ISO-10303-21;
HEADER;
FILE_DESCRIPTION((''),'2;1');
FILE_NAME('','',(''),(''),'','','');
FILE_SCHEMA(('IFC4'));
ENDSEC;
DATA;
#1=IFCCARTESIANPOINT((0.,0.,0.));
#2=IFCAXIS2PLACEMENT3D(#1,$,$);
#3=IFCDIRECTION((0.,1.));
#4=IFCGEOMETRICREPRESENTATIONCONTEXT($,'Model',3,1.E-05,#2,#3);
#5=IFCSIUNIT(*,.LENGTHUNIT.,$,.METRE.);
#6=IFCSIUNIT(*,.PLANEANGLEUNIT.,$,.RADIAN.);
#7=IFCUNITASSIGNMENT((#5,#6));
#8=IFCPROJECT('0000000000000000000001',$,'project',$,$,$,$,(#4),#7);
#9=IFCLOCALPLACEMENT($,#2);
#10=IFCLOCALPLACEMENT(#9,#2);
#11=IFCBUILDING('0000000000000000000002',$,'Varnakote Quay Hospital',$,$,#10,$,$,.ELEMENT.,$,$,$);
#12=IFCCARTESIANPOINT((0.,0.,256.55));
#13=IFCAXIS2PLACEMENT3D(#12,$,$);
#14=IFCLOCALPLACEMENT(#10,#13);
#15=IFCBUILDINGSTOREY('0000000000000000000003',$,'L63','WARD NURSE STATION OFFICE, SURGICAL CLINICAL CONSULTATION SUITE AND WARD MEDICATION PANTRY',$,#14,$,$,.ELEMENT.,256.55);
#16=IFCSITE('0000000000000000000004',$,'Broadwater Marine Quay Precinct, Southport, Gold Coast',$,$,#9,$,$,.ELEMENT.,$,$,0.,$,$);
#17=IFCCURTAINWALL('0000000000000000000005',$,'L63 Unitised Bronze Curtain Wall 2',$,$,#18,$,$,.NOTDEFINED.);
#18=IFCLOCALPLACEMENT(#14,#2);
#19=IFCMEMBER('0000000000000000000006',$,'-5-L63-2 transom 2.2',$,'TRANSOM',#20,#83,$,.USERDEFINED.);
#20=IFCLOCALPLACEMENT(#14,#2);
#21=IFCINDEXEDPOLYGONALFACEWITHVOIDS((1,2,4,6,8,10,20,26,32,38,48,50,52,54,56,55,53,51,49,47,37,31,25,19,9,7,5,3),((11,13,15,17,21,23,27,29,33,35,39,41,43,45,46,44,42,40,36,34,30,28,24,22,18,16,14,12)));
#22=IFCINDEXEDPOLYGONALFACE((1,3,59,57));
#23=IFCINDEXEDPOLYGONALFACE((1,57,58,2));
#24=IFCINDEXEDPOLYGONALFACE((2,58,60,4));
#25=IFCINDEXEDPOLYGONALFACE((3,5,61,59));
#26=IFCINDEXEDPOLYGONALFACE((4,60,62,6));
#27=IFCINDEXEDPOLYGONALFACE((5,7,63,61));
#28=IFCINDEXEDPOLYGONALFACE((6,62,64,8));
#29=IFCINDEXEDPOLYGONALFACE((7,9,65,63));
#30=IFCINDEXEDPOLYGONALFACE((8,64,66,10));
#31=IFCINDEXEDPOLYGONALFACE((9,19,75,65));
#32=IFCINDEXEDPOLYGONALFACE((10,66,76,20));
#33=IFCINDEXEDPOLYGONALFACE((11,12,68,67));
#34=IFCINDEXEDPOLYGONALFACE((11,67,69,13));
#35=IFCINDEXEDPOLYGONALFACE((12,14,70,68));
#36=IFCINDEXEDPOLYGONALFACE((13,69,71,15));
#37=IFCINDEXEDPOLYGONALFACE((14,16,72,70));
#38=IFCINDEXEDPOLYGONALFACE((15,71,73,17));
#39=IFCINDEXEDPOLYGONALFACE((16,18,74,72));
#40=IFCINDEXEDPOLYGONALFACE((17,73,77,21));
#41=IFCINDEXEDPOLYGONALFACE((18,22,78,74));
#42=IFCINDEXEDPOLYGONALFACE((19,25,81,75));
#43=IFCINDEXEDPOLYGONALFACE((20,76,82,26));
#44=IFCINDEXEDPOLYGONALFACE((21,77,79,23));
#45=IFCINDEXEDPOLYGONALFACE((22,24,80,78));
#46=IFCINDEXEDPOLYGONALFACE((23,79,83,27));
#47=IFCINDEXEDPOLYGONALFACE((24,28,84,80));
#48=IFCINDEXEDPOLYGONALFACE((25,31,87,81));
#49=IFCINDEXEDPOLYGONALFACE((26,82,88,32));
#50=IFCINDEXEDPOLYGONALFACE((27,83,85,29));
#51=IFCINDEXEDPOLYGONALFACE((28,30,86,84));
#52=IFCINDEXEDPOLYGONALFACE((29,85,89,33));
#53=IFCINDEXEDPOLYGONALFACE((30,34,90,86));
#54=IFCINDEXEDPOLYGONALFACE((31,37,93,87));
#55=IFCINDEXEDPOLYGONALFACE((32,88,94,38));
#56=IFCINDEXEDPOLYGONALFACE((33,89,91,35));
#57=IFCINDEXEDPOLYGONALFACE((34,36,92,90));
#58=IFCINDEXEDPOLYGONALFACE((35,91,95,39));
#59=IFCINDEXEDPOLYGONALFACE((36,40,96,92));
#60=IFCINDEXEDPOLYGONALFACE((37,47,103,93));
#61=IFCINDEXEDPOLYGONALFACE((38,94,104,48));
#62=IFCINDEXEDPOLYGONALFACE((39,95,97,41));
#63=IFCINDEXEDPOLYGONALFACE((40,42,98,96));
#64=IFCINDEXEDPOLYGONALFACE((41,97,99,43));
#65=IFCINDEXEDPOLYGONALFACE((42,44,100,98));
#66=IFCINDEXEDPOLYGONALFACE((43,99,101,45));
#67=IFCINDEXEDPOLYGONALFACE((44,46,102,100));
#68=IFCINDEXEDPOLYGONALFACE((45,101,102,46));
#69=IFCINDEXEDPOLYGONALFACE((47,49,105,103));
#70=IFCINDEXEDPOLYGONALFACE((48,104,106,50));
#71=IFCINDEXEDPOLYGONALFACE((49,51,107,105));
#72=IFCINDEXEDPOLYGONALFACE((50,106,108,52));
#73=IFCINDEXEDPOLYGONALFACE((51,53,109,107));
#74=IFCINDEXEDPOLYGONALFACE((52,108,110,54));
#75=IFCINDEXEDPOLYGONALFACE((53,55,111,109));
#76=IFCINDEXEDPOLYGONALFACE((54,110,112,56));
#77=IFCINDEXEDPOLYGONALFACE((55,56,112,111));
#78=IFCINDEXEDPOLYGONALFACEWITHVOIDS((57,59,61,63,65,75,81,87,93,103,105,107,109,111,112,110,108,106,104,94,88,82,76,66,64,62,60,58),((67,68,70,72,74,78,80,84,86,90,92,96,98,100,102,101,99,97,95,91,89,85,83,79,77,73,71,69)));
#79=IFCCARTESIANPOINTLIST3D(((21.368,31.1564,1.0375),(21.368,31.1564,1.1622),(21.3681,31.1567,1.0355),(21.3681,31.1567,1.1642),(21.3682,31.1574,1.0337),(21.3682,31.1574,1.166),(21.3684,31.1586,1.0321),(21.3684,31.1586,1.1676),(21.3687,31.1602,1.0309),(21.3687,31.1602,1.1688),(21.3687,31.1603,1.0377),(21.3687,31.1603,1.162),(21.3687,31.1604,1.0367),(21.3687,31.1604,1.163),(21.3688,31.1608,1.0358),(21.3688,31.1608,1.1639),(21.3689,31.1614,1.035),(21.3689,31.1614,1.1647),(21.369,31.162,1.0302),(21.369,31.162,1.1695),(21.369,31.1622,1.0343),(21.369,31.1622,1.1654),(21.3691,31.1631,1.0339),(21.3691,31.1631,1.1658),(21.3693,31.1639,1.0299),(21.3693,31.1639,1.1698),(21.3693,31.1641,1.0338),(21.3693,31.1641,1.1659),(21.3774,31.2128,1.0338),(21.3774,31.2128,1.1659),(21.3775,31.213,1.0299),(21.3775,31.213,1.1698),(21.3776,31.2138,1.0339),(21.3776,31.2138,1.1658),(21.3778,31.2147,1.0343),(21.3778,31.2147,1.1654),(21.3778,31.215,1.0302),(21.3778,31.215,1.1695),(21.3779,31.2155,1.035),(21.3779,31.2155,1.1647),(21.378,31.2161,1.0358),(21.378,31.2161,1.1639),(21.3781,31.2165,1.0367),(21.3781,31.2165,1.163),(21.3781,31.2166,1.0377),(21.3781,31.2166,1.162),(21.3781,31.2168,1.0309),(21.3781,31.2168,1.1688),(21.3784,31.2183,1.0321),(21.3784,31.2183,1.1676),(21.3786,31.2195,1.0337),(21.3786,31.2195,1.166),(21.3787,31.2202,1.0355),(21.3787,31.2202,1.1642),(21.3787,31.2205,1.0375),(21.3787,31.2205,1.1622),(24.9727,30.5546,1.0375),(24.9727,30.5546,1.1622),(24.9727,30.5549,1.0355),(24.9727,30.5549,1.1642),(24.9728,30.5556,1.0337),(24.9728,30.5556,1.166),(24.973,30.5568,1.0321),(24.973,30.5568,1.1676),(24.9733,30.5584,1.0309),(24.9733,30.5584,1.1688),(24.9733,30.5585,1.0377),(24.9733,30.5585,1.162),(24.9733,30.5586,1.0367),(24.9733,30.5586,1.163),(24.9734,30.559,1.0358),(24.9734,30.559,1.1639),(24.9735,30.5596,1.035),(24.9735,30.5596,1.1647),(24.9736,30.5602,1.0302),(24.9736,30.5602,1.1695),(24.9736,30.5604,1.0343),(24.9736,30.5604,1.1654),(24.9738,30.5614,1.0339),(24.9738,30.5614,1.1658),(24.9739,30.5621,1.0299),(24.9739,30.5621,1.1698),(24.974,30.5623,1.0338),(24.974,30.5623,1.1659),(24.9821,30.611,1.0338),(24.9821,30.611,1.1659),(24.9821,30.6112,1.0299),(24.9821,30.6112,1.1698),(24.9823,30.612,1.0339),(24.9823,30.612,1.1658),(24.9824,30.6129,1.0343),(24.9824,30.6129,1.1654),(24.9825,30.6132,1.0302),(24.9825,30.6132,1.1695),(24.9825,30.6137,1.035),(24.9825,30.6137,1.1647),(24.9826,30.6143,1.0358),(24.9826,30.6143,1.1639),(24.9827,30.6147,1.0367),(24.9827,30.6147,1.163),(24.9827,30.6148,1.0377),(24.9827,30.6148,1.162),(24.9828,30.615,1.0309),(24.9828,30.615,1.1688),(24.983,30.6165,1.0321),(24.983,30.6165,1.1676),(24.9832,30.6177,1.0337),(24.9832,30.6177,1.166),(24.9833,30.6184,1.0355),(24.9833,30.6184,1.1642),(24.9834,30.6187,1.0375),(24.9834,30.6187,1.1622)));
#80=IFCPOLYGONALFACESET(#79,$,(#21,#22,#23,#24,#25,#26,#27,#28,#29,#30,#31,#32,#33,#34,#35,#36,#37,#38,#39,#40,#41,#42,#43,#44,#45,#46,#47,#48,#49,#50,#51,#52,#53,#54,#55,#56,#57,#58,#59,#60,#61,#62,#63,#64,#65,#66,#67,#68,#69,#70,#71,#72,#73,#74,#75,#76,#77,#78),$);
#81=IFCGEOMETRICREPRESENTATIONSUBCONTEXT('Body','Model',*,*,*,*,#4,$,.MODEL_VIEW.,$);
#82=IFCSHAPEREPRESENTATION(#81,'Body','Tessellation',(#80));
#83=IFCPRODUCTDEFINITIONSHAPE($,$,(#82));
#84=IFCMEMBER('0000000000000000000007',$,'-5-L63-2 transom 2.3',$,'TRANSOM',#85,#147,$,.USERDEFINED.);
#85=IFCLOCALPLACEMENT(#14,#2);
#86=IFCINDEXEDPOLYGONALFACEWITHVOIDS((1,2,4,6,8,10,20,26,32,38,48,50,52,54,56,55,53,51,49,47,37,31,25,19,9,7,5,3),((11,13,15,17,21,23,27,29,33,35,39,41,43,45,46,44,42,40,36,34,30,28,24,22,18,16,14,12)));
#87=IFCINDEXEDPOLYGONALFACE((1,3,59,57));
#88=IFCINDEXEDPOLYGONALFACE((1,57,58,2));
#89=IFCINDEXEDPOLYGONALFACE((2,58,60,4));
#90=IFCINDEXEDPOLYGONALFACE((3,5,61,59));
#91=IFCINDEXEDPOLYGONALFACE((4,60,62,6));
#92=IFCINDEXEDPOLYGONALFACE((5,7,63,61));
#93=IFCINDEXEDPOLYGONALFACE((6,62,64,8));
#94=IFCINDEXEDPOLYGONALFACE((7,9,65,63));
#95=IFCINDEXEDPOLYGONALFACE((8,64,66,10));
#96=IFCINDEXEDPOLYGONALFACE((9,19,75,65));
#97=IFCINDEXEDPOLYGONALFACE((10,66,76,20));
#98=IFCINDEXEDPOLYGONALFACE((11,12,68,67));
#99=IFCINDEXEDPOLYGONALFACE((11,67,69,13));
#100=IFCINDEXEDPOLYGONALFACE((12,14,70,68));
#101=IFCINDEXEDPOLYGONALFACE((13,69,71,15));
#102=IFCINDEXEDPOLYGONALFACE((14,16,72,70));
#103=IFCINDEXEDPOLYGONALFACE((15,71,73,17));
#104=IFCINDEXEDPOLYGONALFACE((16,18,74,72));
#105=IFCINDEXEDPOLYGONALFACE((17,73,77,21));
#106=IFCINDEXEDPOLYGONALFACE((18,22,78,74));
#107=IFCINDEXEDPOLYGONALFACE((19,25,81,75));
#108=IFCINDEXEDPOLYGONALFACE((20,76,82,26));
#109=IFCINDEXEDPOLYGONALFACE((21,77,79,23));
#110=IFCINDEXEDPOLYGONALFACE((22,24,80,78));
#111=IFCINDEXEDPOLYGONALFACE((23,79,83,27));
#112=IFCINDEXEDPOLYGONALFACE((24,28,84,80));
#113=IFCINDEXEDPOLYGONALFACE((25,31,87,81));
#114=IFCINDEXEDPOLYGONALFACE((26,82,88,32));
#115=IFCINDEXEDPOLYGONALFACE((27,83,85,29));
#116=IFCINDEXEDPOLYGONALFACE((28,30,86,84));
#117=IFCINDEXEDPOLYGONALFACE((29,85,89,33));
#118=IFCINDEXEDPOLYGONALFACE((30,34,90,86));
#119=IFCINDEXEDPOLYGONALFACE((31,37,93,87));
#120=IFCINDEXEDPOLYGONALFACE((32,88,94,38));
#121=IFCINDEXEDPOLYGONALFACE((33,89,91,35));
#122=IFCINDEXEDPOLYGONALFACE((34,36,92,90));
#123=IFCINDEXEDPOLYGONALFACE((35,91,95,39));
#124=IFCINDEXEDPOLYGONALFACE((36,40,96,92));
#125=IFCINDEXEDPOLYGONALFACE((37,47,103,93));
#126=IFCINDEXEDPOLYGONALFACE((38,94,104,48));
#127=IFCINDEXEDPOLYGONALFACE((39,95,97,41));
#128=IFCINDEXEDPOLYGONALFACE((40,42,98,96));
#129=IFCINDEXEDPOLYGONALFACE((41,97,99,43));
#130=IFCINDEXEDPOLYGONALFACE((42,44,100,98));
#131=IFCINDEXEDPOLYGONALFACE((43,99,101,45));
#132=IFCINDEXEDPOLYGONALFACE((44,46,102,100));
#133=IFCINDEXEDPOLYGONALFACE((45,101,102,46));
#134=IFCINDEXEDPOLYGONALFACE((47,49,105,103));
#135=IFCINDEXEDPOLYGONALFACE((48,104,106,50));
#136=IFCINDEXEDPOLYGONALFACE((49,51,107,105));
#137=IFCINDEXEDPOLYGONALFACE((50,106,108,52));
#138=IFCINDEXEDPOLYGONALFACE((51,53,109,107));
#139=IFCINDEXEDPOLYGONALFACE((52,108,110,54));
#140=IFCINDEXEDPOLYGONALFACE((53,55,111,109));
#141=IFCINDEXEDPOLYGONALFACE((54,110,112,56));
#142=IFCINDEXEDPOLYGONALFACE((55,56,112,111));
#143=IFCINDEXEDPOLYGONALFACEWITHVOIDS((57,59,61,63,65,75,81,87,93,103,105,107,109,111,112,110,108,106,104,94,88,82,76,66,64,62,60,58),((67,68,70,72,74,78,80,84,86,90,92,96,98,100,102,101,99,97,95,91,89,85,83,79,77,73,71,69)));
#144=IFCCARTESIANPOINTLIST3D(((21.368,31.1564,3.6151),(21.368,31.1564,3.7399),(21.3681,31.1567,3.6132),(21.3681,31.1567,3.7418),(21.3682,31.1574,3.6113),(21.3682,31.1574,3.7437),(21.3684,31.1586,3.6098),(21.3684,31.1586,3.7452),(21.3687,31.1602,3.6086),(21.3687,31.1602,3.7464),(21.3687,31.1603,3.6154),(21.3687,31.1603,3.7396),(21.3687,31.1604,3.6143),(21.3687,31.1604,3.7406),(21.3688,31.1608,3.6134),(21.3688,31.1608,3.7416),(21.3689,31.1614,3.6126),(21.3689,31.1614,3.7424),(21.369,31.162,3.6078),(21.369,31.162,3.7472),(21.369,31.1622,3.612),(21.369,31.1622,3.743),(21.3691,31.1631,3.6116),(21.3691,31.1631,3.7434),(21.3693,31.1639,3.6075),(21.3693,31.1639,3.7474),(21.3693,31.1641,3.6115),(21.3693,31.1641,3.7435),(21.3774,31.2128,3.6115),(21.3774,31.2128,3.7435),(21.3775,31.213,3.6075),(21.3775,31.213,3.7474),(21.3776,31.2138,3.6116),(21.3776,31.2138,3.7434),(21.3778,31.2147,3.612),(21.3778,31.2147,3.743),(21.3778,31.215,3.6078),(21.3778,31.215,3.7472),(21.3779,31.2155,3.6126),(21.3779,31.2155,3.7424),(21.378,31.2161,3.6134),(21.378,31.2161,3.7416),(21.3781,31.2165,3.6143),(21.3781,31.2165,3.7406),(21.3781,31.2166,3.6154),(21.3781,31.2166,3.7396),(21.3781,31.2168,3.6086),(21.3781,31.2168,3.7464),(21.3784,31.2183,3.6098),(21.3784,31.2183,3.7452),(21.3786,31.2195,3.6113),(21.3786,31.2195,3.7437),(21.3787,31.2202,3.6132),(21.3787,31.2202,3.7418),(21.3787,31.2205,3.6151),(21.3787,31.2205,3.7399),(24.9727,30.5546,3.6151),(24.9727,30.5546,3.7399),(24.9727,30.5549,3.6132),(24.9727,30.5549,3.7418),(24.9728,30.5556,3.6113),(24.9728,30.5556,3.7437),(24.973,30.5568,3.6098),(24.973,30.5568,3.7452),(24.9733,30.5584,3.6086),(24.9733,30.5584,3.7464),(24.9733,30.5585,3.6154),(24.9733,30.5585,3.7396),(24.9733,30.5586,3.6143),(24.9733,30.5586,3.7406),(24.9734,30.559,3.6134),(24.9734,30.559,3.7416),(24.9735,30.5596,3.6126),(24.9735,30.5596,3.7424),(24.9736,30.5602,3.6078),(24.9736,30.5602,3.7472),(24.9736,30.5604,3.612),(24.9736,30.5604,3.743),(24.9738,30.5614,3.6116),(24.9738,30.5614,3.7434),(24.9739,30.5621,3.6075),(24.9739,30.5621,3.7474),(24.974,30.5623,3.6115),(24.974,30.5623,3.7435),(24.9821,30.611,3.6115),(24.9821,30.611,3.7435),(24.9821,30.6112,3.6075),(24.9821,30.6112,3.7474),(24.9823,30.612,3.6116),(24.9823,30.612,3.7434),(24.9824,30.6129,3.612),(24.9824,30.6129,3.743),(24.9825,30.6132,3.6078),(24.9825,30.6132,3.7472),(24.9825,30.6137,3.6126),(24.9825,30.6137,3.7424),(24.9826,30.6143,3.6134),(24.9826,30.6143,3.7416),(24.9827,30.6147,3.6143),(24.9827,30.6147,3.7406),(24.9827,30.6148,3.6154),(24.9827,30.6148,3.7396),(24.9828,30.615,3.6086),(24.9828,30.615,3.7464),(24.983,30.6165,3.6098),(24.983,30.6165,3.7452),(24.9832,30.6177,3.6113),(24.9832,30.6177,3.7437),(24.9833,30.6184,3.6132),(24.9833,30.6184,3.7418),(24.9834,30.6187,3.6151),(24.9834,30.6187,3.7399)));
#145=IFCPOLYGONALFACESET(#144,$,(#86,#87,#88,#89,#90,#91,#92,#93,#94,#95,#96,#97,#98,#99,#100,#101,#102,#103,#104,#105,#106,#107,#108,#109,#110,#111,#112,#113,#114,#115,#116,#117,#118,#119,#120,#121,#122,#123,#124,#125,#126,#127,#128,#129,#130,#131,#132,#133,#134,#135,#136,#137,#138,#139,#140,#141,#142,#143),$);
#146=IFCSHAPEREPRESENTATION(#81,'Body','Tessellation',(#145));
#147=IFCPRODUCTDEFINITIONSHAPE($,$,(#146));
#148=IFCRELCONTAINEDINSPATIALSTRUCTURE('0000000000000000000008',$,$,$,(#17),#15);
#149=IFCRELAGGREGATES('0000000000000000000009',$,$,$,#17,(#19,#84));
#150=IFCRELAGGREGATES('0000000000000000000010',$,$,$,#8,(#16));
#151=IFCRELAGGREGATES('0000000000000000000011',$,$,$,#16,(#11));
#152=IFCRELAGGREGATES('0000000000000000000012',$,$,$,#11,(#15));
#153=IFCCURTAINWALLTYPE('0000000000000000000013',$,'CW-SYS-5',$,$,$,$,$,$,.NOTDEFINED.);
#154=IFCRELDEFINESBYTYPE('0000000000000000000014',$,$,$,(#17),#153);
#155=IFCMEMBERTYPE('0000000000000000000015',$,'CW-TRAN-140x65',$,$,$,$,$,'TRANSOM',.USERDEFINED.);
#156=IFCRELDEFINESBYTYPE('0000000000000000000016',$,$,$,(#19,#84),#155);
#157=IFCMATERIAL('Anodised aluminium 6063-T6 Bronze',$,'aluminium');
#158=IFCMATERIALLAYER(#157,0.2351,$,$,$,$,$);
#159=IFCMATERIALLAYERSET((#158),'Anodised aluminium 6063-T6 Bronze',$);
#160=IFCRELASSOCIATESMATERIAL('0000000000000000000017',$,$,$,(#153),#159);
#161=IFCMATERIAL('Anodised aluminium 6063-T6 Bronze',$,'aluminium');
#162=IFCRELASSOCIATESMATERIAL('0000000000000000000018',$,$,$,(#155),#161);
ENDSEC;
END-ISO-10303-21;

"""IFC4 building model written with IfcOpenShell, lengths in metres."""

from ifc_helpers import new_model, si_unit, direction, frame, origin, origin_2d, place, context, subcontext, project, spatial, hollow_rectangle, extrude, material, layer, layer_set, material_profile, profile_set, type_object, element, aggregate, save


model = new_model("IFC4")

# Units and contexts
model_context = context("Model", 3, precision=1e-05, world=origin(), true_north=direction((0.0, 1.0)))
body_context = subcontext(model_context, "Body", "Model", "MODEL_VIEW")
ifc_project = project(units=[si_unit("LENGTHUNIT", "METRE"), si_unit("PLANEANGLEUNIT", "RADIAN")], contexts=[model_context])

# Site, building, storey
site_placement = place(None, origin())
site = spatial("IfcSite", under=ifc_project, at=site_placement, Name="Broadwater Marine Quay Precinct, Southport, Gold Coast", CompositionType="ELEMENT", RefElevation=0.0)
building_placement = place(site_placement, origin())
building = spatial("IfcBuilding", under=site, at=building_placement, Name="Varnakote Quay Hospital", CompositionType="ELEMENT")
storey_placement = place(building_placement, frame((0.0, 0.0, 256.55)))
storey = spatial("IfcBuildingStorey", under=building, at=storey_placement, Name="L63", Description="WARD NURSE STATION OFFICE, SURGICAL CLINICAL CONSULTATION SUITE AND WARD MEDICATION PANTRY", CompositionType="ELEMENT", Elevation=256.55)

# Shared definitions
ifc_material_1 = material(Name="Anodised aluminium 6063-T6 Bronze", Category="aluminium")
ifc_layer_1 = layer(ifc_material_1, 0.2351)
ifc_layer_set_1 = layer_set([ifc_layer_1], Name="Anodised aluminium 6063-T6 Bronze")
curtain_wall_type = type_object("IfcCurtainWallType", Name="CW-SYS-5", PredefinedType="NOTDEFINED", material=ifc_layer_set_1)

# Curtain wall, members
curtain_wall_1_placement = place(storey_placement, origin())
curtain_wall_1 = element("IfcCurtainWall", 1, at=curtain_wall_1_placement, inside=storey, type_object=curtain_wall_type, Name="L63 Unitised Bronze Curtain Wall 2", PredefinedType="NOTDEFINED")
ifc_material_2 = material(Name="Anodised aluminium 6063-T6 Bronze", Category="aluminium")
ifc_material_profile_1 = material_profile(ifc_material_2, hollow_rectangle(XDim=0.0649, YDim=0.1399, WallThickness=0.0039, InnerFilletRadius=0.0039, OuterFilletRadius=0.0076, at=origin_2d()), Name="CW-TRAN-140x65")
ifc_profile_set_1 = profile_set([ifc_material_profile_1], Name="Anodised aluminium 6063-T6 Bronze")
member_type_1 = type_object("IfcMemberType", Name="CW-TRAN-140x65", ElementType="TRANSOM", PredefinedType="USERDEFINED", material=ifc_profile_set_1)
member_1_placement = place(storey_placement, frame((24.978, 30.5867, 1.0999), z_axis=(-0.986349, 0.16467, 0.0), x_axis=(-0.16467, -0.986349, 0.0)))
member_1 = element("IfcMember", 2, at=member_1_placement, type_object=member_type_1, Name="-5-L63-2 transom 2.2", ObjectType="TRANSOM", PredefinedType="USERDEFINED", context=body_context, shape_type="SweptSolid", body=[
    extrude(hollow_rectangle(XDim=0.0649, YDim=0.1399, WallThickness=0.0039, InnerFilletRadius=0.0039, OuterFilletRadius=0.0076, at=origin_2d()), origin(), (0.0, 0.0, 1.0), 3.6545),
])
member_2_placement = place(storey_placement, frame((24.978, 30.5867, 3.6775), z_axis=(-0.986349, 0.16467, 0.0), x_axis=(-0.16467, -0.986349, 0.0)))
member_2 = element("IfcMember", 3, at=member_2_placement, type_object=member_type_1, Name="-5-L63-2 transom 2.3", ObjectType="TRANSOM", PredefinedType="USERDEFINED", context=body_context, shape_type="SweptSolid", body=[
    extrude(hollow_rectangle(XDim=0.0649, YDim=0.1399, WallThickness=0.0039, InnerFilletRadius=0.0039, OuterFilletRadius=0.0076, at=origin_2d()), origin(), (0.0, 0.0, 1.0), 3.6545),
])

aggregate(curtain_wall_1, [member_1, member_2])

save(model, "model.ifc")
